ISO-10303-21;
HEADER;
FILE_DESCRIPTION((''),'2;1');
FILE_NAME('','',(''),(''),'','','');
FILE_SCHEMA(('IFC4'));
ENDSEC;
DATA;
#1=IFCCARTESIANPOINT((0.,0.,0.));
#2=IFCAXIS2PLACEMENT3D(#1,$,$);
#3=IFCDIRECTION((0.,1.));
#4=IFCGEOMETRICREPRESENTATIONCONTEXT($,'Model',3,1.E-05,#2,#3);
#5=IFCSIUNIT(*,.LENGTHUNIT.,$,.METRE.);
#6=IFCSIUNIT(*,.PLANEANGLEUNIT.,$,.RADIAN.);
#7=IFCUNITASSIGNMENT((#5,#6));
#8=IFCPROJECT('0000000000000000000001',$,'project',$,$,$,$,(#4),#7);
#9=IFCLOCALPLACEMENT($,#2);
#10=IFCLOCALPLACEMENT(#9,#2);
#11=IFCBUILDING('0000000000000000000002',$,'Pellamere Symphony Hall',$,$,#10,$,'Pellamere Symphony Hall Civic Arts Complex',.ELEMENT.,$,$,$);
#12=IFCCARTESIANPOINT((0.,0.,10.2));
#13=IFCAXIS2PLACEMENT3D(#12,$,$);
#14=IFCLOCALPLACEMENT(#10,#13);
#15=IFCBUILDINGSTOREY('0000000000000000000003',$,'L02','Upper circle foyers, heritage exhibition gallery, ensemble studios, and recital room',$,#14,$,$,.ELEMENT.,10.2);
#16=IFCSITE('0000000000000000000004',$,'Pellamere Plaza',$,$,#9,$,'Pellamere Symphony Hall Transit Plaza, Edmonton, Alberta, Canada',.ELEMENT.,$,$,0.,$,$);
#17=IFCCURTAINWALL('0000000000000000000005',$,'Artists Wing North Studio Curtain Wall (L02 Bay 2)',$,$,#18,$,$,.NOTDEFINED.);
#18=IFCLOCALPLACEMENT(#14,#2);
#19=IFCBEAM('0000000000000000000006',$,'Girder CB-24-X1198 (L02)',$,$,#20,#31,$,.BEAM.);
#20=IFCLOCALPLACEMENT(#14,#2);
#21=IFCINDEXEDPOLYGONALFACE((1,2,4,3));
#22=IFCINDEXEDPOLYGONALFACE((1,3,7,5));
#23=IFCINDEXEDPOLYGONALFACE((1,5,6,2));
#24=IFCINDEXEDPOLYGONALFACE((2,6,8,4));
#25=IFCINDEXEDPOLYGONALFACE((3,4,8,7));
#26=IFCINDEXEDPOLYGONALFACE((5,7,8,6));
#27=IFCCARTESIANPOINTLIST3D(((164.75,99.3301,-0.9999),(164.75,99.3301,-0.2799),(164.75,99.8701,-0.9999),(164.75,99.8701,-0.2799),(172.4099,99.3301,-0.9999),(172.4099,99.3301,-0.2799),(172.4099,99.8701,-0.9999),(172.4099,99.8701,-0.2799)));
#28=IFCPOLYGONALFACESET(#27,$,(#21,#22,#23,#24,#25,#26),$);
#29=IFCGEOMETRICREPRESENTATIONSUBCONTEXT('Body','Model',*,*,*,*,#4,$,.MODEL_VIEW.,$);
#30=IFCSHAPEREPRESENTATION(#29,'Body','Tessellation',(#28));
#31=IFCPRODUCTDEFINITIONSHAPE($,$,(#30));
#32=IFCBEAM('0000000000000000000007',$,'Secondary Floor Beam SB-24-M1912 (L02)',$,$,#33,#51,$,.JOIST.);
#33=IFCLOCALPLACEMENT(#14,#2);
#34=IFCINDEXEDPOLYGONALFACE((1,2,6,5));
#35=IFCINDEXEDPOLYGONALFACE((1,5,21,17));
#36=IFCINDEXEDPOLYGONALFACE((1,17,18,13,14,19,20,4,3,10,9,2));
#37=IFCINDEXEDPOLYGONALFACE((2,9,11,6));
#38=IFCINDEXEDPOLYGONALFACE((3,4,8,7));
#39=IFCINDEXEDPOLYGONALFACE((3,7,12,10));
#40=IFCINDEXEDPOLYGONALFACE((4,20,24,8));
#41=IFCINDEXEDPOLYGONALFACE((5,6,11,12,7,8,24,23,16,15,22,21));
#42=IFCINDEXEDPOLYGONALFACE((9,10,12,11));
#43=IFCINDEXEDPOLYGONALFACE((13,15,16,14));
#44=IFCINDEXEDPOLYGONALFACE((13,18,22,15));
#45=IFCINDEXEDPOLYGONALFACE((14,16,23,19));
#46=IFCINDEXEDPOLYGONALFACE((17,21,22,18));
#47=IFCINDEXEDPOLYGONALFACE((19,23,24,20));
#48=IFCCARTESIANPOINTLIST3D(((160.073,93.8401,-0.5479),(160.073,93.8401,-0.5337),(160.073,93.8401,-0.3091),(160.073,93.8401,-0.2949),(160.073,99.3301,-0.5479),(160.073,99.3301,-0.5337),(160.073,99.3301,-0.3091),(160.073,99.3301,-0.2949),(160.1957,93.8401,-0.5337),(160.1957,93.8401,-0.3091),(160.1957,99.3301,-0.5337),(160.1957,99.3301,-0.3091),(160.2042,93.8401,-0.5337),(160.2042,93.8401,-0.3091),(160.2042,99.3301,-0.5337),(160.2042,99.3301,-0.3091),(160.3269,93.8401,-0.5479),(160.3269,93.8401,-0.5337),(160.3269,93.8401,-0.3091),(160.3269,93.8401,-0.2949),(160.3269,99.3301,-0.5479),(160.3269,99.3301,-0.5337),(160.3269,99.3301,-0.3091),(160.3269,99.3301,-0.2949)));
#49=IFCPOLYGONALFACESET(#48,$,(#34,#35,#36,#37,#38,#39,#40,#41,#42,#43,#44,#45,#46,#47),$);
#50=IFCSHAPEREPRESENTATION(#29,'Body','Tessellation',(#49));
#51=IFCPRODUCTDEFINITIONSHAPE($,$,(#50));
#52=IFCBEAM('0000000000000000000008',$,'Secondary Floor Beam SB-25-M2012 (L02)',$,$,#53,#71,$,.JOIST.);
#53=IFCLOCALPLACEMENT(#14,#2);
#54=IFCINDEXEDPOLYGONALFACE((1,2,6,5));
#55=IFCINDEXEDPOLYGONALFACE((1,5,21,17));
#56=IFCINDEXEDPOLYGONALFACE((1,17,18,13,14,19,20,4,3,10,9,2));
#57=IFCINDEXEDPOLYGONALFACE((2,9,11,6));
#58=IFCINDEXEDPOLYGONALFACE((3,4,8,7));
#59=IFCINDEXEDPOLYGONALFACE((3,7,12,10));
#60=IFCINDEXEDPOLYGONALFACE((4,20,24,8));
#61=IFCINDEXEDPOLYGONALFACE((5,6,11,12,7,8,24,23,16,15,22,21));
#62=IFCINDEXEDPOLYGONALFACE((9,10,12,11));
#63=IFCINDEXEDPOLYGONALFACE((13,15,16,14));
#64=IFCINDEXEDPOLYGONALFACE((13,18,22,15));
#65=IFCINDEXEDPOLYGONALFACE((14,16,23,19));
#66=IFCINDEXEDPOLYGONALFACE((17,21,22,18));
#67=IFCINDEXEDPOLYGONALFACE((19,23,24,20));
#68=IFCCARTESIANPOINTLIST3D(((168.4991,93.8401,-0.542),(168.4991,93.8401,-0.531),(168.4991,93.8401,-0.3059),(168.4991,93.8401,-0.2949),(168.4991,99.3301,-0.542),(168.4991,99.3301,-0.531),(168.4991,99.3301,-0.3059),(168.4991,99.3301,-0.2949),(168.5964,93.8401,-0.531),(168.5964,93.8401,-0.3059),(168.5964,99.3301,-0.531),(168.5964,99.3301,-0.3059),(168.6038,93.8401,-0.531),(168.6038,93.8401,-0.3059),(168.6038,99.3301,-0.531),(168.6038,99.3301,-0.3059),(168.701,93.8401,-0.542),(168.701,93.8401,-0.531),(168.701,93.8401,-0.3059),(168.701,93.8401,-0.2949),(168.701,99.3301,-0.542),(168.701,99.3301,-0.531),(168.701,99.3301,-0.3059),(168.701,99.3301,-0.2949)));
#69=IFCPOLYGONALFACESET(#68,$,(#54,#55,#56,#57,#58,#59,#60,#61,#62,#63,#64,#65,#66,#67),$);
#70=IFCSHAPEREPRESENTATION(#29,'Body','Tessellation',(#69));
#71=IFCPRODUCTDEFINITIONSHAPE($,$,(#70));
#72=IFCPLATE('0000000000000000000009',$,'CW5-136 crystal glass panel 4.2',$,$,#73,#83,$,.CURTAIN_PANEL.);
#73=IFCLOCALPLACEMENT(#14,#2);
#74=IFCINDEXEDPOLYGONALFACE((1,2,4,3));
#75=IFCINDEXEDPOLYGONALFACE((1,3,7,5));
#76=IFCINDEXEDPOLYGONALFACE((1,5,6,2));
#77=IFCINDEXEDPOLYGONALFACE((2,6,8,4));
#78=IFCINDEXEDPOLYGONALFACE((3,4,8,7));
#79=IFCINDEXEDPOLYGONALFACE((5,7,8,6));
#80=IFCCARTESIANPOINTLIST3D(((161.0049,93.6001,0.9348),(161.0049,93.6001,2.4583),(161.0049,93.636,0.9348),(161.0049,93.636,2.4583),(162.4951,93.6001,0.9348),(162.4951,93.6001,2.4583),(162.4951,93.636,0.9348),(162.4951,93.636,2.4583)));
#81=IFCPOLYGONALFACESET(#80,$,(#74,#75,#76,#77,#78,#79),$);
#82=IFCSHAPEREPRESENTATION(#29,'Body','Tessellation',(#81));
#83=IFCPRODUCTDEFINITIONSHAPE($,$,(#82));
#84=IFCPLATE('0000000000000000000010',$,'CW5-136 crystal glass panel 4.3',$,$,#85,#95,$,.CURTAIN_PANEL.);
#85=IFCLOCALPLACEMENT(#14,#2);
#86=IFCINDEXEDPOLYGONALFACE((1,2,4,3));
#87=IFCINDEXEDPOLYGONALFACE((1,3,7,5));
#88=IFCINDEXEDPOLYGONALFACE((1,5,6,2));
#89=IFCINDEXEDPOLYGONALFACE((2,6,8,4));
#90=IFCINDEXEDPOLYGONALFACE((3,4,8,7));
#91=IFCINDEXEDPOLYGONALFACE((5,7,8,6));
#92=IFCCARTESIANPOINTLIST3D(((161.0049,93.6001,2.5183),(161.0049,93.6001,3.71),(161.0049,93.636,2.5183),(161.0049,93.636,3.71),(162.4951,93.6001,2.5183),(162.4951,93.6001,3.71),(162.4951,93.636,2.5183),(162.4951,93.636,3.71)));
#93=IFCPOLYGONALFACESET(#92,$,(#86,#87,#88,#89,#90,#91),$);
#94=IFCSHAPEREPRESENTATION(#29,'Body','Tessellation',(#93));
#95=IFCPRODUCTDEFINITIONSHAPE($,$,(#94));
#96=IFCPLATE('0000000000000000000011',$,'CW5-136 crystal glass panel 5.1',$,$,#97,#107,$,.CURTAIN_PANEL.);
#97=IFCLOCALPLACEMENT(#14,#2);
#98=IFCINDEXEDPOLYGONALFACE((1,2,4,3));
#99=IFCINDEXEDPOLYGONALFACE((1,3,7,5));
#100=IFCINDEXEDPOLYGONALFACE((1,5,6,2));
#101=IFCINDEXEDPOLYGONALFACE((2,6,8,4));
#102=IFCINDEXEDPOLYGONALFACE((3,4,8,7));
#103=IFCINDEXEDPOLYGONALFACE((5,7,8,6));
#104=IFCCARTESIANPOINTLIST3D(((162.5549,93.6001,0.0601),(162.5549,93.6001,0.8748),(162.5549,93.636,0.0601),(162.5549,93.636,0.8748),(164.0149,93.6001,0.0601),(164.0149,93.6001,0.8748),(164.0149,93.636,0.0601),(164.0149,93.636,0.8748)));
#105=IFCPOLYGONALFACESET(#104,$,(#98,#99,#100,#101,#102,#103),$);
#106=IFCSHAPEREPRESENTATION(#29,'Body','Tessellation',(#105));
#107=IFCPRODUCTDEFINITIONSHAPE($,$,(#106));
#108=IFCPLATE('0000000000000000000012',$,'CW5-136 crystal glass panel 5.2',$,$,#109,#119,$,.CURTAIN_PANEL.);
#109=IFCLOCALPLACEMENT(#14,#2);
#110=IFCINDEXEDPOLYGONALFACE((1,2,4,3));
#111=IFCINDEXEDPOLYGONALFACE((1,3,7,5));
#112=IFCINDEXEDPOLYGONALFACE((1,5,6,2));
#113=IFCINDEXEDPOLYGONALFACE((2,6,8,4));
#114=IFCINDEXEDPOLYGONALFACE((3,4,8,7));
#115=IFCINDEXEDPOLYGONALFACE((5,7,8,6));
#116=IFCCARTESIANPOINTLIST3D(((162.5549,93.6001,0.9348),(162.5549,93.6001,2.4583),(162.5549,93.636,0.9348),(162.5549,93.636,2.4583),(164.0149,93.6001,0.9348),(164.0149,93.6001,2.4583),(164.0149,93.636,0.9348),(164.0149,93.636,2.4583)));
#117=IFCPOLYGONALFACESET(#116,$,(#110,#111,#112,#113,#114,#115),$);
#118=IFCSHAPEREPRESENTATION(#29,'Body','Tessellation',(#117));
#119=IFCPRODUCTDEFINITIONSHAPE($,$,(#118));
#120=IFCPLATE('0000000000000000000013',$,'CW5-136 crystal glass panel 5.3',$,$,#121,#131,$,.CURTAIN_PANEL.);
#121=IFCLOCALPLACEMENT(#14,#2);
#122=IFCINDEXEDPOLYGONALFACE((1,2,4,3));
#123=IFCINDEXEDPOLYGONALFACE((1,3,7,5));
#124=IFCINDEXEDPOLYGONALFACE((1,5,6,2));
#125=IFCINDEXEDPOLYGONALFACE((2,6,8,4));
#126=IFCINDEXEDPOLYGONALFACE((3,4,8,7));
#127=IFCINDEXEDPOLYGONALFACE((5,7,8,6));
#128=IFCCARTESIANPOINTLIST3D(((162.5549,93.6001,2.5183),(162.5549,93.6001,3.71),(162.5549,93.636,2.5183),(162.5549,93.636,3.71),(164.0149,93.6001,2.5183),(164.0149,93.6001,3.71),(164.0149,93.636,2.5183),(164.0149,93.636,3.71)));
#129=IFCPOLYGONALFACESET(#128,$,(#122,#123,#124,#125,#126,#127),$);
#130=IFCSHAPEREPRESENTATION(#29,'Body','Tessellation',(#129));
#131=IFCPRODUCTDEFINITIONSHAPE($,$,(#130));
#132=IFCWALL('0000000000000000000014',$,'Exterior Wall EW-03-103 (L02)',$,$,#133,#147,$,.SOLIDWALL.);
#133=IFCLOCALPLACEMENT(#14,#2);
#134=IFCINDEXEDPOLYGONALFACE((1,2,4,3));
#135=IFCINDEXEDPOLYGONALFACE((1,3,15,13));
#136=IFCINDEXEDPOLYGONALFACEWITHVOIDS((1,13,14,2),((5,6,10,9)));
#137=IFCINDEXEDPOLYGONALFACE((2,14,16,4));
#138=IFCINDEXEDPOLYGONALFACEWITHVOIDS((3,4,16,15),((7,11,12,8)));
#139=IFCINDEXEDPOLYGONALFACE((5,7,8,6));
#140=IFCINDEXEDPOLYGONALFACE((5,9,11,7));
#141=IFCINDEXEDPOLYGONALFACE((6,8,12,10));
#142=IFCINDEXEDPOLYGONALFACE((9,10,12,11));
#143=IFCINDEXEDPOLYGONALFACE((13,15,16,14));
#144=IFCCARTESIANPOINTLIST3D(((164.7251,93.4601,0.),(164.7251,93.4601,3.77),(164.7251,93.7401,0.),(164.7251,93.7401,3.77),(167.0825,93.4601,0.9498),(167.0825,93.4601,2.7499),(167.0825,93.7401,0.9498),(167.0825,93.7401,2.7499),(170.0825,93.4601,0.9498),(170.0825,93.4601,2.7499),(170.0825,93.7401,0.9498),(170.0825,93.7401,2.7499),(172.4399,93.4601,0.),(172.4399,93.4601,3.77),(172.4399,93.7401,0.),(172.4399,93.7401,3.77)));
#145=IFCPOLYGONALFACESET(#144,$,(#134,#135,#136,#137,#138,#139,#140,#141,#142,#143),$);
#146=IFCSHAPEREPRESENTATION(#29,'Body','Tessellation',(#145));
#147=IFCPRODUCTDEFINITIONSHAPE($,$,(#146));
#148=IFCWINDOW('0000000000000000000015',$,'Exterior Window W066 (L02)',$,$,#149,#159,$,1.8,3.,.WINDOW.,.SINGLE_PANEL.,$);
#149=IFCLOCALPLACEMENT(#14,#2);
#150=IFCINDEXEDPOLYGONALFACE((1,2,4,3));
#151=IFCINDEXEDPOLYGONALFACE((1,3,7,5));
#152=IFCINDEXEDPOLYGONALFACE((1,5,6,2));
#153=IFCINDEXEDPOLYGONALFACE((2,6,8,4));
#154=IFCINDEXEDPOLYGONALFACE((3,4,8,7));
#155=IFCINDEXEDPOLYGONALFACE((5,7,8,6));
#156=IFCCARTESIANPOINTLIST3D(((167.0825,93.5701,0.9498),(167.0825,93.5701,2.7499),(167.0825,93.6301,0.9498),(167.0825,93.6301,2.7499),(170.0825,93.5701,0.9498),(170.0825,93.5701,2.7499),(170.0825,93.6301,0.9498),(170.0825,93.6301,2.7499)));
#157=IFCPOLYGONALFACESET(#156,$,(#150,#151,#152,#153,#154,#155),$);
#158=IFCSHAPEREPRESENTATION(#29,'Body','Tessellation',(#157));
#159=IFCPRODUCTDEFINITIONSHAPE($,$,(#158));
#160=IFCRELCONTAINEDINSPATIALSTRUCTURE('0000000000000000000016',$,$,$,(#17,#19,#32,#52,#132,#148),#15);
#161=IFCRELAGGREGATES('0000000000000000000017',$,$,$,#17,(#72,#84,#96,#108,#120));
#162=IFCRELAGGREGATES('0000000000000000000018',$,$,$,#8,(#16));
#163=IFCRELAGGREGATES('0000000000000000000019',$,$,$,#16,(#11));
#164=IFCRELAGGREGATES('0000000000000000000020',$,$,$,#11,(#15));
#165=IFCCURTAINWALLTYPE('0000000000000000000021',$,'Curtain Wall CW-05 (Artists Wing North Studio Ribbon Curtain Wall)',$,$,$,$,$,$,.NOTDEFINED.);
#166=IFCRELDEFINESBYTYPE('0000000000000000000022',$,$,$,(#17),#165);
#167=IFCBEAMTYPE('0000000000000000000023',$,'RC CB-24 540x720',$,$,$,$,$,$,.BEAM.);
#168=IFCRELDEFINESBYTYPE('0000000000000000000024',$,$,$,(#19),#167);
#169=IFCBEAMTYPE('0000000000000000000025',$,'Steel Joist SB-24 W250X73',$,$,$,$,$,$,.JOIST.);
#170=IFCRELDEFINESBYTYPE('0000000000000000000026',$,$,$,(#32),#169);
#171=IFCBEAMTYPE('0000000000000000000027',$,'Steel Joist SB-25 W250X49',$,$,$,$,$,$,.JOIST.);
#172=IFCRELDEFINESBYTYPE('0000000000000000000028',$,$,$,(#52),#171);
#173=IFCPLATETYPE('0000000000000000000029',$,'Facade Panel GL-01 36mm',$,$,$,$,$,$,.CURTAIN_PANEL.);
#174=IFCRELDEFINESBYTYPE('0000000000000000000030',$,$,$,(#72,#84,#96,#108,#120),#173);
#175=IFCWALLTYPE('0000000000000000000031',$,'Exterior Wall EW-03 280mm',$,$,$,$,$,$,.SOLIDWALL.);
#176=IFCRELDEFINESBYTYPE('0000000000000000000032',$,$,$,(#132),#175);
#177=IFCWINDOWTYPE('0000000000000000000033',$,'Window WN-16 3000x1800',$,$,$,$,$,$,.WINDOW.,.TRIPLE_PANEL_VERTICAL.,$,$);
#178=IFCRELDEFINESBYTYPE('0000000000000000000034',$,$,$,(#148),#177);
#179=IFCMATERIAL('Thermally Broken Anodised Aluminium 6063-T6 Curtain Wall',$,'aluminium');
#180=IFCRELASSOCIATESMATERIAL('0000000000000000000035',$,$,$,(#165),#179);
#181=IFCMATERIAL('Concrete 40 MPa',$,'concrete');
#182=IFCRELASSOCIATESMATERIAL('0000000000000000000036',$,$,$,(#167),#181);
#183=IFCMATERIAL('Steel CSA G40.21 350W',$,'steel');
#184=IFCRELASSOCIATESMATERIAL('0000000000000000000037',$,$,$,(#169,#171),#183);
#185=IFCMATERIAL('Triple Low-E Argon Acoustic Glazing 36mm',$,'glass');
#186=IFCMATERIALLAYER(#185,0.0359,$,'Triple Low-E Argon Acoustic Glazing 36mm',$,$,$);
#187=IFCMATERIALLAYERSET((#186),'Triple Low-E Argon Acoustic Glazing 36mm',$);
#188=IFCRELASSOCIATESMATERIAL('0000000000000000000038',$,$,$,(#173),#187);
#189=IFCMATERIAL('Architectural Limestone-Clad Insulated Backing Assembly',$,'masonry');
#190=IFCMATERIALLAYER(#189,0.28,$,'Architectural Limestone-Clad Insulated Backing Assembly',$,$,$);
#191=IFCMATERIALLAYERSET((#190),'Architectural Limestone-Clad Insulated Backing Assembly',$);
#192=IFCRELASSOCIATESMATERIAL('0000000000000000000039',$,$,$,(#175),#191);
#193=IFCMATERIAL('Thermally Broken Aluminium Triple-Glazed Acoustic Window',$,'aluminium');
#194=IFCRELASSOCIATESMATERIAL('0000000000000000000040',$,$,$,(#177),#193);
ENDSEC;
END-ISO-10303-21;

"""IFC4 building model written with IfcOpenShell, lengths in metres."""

from ifc_helpers import new_model, si_unit, direction, frame, frame_2d, origin, origin_2d, place, context, subcontext, project, spatial, polyline, rectangle, i_section, outline, extrude, material, layer, layer_set, material_profile, profile_set, type_object, element, fill, aggregate, save


model = new_model("IFC4")

# Units and contexts
model_context = context("Model", 3, precision=1e-05, world=origin(), true_north=direction((0.0, 1.0)))
body_context = subcontext(model_context, "Body", "Model", "MODEL_VIEW")
ifc_project = project(units=[si_unit("LENGTHUNIT", "METRE"), si_unit("PLANEANGLEUNIT", "RADIAN")], contexts=[model_context])

# Site, building, storey
site_placement = place(None, origin())
site = spatial("IfcSite", under=ifc_project, at=site_placement, Name="Pellamere Plaza", LongName="Pellamere Symphony Hall Transit Plaza, Edmonton, Alberta, Canada", CompositionType="ELEMENT", RefElevation=0.0)
building_placement = place(site_placement, origin())
building = spatial("IfcBuilding", under=site, at=building_placement, Name="Pellamere Symphony Hall", LongName="Pellamere Symphony Hall Civic Arts Complex", CompositionType="ELEMENT")
storey_placement = place(building_placement, frame((0.0, 0.0, 10.2)))
storey = spatial("IfcBuildingStorey", under=building, at=storey_placement, Name="L02", Description="Upper circle foyers, heritage exhibition gallery, ensemble studios, and recital room", CompositionType="ELEMENT", Elevation=10.2)

# Shared definitions
ifc_material_1 = material(Name="Concrete 40 MPa", Category="concrete")

# Curtain wall
ifc_material_2 = material(Name="Thermally Broken Anodised Aluminium 6063-T6 Curtain Wall", Category="aluminium")
curtain_wall_type = type_object("IfcCurtainWallType", Name="Curtain Wall CW-05 (Artists Wing North Studio Ribbon Curtain Wall)", PredefinedType="NOTDEFINED", material=ifc_material_2)
curtain_wall_placement = place(storey_placement, origin())
curtain_wall = element("IfcCurtainWall", 1, at=curtain_wall_placement, inside=storey, type_object=curtain_wall_type, Name="Artists Wing North Studio Curtain Wall (L02 Bay 2)", PredefinedType="NOTDEFINED")

# Beams
ifc_material_profile_1 = material_profile(ifc_material_1, rectangle(XDim=0.54, YDim=0.72, at=origin_2d()), Name="RC 540x720")
ifc_profile_set_1 = profile_set([ifc_material_profile_1], Name="Concrete 40 MPa")
beam_type_1 = type_object("IfcBeamType", Name="RC CB-24 540x720", PredefinedType="BEAM", material=ifc_profile_set_1)
beam_1_placement = place(storey_placement, frame((164.75, 99.6001, -0.6399), z_axis=(1.0, 0.0, 0.0), x_axis=(0.0, 1.0, 0.0)))
element("IfcBeam", 2, at=beam_1_placement, inside=storey, type_object=beam_type_1, Name="Girder CB-24-X1198 (L02)", PredefinedType="BEAM", context=body_context, shape_type="SweptSolid", body=[
    extrude(rectangle(XDim=0.54, YDim=0.72, at=origin_2d()), origin(), (0.0, 0.0, 1.0), 7.6599),
])
ifc_material_3 = material(Name="Steel CSA G40.21 350W", Category="steel")
ifc_material_profile_2 = material_profile(ifc_material_3, i_section(OverallWidth=0.2539, OverallDepth=0.2529, WebThickness=0.0085, FlangeThickness=0.0142, at=origin_2d()), Name="W250X73")
ifc_profile_set_2 = profile_set([ifc_material_profile_2], Name="Steel CSA G40.21 350W")
beam_type_2 = type_object("IfcBeamType", Name="Steel Joist SB-24 W250X73", PredefinedType="JOIST", material=ifc_profile_set_2)
beam_2_placement = place(storey_placement, frame((160.2, 93.8401, -0.4214), z_axis=(0.0, 1.0, 0.0), x_axis=(-1.0, 0.0, 0.0)))
element("IfcBeam", 3, at=beam_2_placement, inside=storey, type_object=beam_type_2, Name="Secondary Floor Beam SB-24-M1912 (L02)", PredefinedType="JOIST", context=body_context, shape_type="SweptSolid", body=[
    extrude(i_section(OverallWidth=0.2539, OverallDepth=0.2529, WebThickness=0.0085, FlangeThickness=0.0142, at=origin_2d()), origin(), (0.0, 0.0, 1.0), 5.49),
])
ifc_material_profile_3 = material_profile(ifc_material_3, i_section(OverallWidth=0.2019, OverallDepth=0.2471, WebThickness=0.0073, FlangeThickness=0.011, at=origin_2d()), Name="W250X49")
ifc_profile_set_3 = profile_set([ifc_material_profile_3], Name="Steel CSA G40.21 350W")
beam_type_3 = type_object("IfcBeamType", Name="Steel Joist SB-25 W250X49", PredefinedType="JOIST", material=ifc_profile_set_3)
beam_3_placement = place(storey_placement, frame((168.6001, 93.8401, -0.4185), z_axis=(0.0, 1.0, 0.0), x_axis=(-1.0, 0.0, 0.0)))
element("IfcBeam", 4, at=beam_3_placement, inside=storey, type_object=beam_type_3, Name="Secondary Floor Beam SB-25-M2012 (L02)", PredefinedType="JOIST", context=body_context, shape_type="SweptSolid", body=[
    extrude(i_section(OverallWidth=0.2019, OverallDepth=0.2471, WebThickness=0.0073, FlangeThickness=0.011, at=origin_2d()), origin(), (0.0, 0.0, 1.0), 5.49),
])

# Plates
ifc_material_4 = material(Name="Triple Low-E Argon Acoustic Glazing 36mm", Category="glass")
ifc_layer_1 = layer(ifc_material_4, 0.0359, Name="Triple Low-E Argon Acoustic Glazing 36mm")
ifc_layer_set_1 = layer_set([ifc_layer_1], Name="Triple Low-E Argon Acoustic Glazing 36mm")
plate_type = type_object("IfcPlateType", Name="Facade Panel GL-01 36mm", PredefinedType="CURTAIN_PANEL", material=ifc_layer_set_1)
plate_1_placement = place(storey_placement, frame((161.0049, 93.6001, 0.9348), z_axis=(0.0, -1.0, 0.0), x_axis=(1.0, 0.0, 0.0)))
plate_1 = element("IfcPlate", 5, at=plate_1_placement, type_object=plate_type, Name="CW5-136 crystal glass panel 4.2", PredefinedType="CURTAIN_PANEL", context=body_context, shape_type="SweptSolid", body=[
    extrude(outline(polyline([(0.0, 0.0), (1.4902, 0.0), (1.4902, 1.5234), (0.0, 1.5234), (0.0, 0.0)])), origin(), (0.0, 0.0, -1.0), 0.0359),
])
plate_2_placement = place(storey_placement, frame((161.0049, 93.6001, 2.5183), z_axis=(0.0, -1.0, 0.0), x_axis=(1.0, 0.0, 0.0)))
plate_2 = element("IfcPlate", 6, at=plate_2_placement, type_object=plate_type, Name="CW5-136 crystal glass panel 4.3", PredefinedType="CURTAIN_PANEL", context=body_context, shape_type="SweptSolid", body=[
    extrude(outline(polyline([(0.0, 0.0), (1.4902, 0.0), (1.4902, 1.1917), (0.0, 1.1917), (0.0, 0.0)])), origin(), (0.0, 0.0, -1.0), 0.0359),
])
plate_3_placement = place(storey_placement, frame((162.5549, 93.6001, 0.0601), z_axis=(0.0, -1.0, 0.0), x_axis=(1.0, 0.0, 0.0)))
plate_3 = element("IfcPlate", 7, at=plate_3_placement, type_object=plate_type, Name="CW5-136 crystal glass panel 5.1", PredefinedType="CURTAIN_PANEL", context=body_context, shape_type="SweptSolid", body=[
    extrude(outline(polyline([(0.0, 0.0), (1.46, 0.0), (1.46, 0.8147), (0.0, 0.8147), (0.0, 0.0)])), origin(), (0.0, 0.0, -1.0), 0.0359),
])
plate_4_placement = place(storey_placement, frame((162.5549, 93.6001, 0.9348), z_axis=(0.0, -1.0, 0.0), x_axis=(1.0, 0.0, 0.0)))
plate_4 = element("IfcPlate", 8, at=plate_4_placement, type_object=plate_type, Name="CW5-136 crystal glass panel 5.2", PredefinedType="CURTAIN_PANEL", context=body_context, shape_type="SweptSolid", body=[
    extrude(outline(polyline([(0.0, 0.0), (1.46, 0.0), (1.46, 1.5234), (0.0, 1.5234), (0.0, 0.0)])), origin(), (0.0, 0.0, -1.0), 0.0359),
])
plate_5_placement = place(storey_placement, frame((162.5549, 93.6001, 2.5183), z_axis=(0.0, -1.0, 0.0), x_axis=(1.0, 0.0, 0.0)))
plate_5 = element("IfcPlate", 9, at=plate_5_placement, type_object=plate_type, Name="CW5-136 crystal glass panel 5.3", PredefinedType="CURTAIN_PANEL", context=body_context, shape_type="SweptSolid", body=[
    extrude(outline(polyline([(0.0, 0.0), (1.46, 0.0), (1.46, 1.1917), (0.0, 1.1917), (0.0, 0.0)])), origin(), (0.0, 0.0, -1.0), 0.0359),
])
aggregate(curtain_wall, [plate_1, plate_2, plate_3, plate_4, plate_5])

# Wall, opening, window
ifc_material_5 = material(Name="Architectural Limestone-Clad Insulated Backing Assembly", Category="masonry")
ifc_layer_2 = layer(ifc_material_5, 0.28, Name="Architectural Limestone-Clad Insulated Backing Assembly")
ifc_layer_set_2 = layer_set([ifc_layer_2], Name="Architectural Limestone-Clad Insulated Backing Assembly")
wall_type = type_object("IfcWallType", Name="Exterior Wall EW-03 280mm", PredefinedType="SOLIDWALL", material=ifc_layer_set_2)
wall_placement = place(storey_placement, frame((164.7251, 93.6001, 0.0), z_axis=(0.0, 0.0, 1.0), x_axis=(1.0, 0.0, 0.0)))
wall = element("IfcWall", 10, at=wall_placement, inside=storey, type_object=wall_type, Name="Exterior Wall EW-03-103 (L02)", PredefinedType="SOLIDWALL", context=body_context, shape_type="SweptSolid", body=[
    extrude(rectangle(XDim=7.7148, YDim=0.28, at=frame_2d((3.8574, 0.0))), origin(), (0.0, 0.0, 1.0), 3.77),
])
opening_placement = place(wall_placement, frame((2.3574, 0.0, 0.95)))
opening = element("IfcOpeningElement", 11, at=opening_placement, cuts=wall, PredefinedType="OPENING", context=body_context, shape_type="SweptSolid", body=[
    extrude(rectangle(XDim=3.0, YDim=1.8, at=frame_2d((1.5, 0.8999))), frame((0.0, 0.1499, 0.0), z_axis=(0.0, -1.0, 0.0), x_axis=(1.0, 0.0, 0.0)), (0.0, 0.0, 1.0), 0.3),
])
ifc_material_6 = material(Name="Thermally Broken Aluminium Triple-Glazed Acoustic Window", Category="aluminium")
window_type = type_object("IfcWindowType", Name="Window WN-16 3000x1800", PartitioningType="TRIPLE_PANEL_VERTICAL", PredefinedType="WINDOW", material=ifc_material_6)
window_placement = place(opening_placement, origin())
window = element("IfcWindow", 12, at=window_placement, inside=storey, type_object=window_type, Name="Exterior Window W066 (L02)", OverallHeight=1.8, OverallWidth=3.0, PartitioningType="SINGLE_PANEL", PredefinedType="WINDOW", context=body_context, shape_type="SweptSolid", body=[
    extrude(rectangle(XDim=3.0, YDim=1.8, at=frame_2d((1.5, 0.8999))), frame((0.0, 0.03, 0.0), z_axis=(0.0, -1.0, 0.0), x_axis=(1.0, 0.0, 0.0)), (0.0, 0.0, 1.0), 0.0601),
])
fill(opening, window)

save(model, "model.ifc")
